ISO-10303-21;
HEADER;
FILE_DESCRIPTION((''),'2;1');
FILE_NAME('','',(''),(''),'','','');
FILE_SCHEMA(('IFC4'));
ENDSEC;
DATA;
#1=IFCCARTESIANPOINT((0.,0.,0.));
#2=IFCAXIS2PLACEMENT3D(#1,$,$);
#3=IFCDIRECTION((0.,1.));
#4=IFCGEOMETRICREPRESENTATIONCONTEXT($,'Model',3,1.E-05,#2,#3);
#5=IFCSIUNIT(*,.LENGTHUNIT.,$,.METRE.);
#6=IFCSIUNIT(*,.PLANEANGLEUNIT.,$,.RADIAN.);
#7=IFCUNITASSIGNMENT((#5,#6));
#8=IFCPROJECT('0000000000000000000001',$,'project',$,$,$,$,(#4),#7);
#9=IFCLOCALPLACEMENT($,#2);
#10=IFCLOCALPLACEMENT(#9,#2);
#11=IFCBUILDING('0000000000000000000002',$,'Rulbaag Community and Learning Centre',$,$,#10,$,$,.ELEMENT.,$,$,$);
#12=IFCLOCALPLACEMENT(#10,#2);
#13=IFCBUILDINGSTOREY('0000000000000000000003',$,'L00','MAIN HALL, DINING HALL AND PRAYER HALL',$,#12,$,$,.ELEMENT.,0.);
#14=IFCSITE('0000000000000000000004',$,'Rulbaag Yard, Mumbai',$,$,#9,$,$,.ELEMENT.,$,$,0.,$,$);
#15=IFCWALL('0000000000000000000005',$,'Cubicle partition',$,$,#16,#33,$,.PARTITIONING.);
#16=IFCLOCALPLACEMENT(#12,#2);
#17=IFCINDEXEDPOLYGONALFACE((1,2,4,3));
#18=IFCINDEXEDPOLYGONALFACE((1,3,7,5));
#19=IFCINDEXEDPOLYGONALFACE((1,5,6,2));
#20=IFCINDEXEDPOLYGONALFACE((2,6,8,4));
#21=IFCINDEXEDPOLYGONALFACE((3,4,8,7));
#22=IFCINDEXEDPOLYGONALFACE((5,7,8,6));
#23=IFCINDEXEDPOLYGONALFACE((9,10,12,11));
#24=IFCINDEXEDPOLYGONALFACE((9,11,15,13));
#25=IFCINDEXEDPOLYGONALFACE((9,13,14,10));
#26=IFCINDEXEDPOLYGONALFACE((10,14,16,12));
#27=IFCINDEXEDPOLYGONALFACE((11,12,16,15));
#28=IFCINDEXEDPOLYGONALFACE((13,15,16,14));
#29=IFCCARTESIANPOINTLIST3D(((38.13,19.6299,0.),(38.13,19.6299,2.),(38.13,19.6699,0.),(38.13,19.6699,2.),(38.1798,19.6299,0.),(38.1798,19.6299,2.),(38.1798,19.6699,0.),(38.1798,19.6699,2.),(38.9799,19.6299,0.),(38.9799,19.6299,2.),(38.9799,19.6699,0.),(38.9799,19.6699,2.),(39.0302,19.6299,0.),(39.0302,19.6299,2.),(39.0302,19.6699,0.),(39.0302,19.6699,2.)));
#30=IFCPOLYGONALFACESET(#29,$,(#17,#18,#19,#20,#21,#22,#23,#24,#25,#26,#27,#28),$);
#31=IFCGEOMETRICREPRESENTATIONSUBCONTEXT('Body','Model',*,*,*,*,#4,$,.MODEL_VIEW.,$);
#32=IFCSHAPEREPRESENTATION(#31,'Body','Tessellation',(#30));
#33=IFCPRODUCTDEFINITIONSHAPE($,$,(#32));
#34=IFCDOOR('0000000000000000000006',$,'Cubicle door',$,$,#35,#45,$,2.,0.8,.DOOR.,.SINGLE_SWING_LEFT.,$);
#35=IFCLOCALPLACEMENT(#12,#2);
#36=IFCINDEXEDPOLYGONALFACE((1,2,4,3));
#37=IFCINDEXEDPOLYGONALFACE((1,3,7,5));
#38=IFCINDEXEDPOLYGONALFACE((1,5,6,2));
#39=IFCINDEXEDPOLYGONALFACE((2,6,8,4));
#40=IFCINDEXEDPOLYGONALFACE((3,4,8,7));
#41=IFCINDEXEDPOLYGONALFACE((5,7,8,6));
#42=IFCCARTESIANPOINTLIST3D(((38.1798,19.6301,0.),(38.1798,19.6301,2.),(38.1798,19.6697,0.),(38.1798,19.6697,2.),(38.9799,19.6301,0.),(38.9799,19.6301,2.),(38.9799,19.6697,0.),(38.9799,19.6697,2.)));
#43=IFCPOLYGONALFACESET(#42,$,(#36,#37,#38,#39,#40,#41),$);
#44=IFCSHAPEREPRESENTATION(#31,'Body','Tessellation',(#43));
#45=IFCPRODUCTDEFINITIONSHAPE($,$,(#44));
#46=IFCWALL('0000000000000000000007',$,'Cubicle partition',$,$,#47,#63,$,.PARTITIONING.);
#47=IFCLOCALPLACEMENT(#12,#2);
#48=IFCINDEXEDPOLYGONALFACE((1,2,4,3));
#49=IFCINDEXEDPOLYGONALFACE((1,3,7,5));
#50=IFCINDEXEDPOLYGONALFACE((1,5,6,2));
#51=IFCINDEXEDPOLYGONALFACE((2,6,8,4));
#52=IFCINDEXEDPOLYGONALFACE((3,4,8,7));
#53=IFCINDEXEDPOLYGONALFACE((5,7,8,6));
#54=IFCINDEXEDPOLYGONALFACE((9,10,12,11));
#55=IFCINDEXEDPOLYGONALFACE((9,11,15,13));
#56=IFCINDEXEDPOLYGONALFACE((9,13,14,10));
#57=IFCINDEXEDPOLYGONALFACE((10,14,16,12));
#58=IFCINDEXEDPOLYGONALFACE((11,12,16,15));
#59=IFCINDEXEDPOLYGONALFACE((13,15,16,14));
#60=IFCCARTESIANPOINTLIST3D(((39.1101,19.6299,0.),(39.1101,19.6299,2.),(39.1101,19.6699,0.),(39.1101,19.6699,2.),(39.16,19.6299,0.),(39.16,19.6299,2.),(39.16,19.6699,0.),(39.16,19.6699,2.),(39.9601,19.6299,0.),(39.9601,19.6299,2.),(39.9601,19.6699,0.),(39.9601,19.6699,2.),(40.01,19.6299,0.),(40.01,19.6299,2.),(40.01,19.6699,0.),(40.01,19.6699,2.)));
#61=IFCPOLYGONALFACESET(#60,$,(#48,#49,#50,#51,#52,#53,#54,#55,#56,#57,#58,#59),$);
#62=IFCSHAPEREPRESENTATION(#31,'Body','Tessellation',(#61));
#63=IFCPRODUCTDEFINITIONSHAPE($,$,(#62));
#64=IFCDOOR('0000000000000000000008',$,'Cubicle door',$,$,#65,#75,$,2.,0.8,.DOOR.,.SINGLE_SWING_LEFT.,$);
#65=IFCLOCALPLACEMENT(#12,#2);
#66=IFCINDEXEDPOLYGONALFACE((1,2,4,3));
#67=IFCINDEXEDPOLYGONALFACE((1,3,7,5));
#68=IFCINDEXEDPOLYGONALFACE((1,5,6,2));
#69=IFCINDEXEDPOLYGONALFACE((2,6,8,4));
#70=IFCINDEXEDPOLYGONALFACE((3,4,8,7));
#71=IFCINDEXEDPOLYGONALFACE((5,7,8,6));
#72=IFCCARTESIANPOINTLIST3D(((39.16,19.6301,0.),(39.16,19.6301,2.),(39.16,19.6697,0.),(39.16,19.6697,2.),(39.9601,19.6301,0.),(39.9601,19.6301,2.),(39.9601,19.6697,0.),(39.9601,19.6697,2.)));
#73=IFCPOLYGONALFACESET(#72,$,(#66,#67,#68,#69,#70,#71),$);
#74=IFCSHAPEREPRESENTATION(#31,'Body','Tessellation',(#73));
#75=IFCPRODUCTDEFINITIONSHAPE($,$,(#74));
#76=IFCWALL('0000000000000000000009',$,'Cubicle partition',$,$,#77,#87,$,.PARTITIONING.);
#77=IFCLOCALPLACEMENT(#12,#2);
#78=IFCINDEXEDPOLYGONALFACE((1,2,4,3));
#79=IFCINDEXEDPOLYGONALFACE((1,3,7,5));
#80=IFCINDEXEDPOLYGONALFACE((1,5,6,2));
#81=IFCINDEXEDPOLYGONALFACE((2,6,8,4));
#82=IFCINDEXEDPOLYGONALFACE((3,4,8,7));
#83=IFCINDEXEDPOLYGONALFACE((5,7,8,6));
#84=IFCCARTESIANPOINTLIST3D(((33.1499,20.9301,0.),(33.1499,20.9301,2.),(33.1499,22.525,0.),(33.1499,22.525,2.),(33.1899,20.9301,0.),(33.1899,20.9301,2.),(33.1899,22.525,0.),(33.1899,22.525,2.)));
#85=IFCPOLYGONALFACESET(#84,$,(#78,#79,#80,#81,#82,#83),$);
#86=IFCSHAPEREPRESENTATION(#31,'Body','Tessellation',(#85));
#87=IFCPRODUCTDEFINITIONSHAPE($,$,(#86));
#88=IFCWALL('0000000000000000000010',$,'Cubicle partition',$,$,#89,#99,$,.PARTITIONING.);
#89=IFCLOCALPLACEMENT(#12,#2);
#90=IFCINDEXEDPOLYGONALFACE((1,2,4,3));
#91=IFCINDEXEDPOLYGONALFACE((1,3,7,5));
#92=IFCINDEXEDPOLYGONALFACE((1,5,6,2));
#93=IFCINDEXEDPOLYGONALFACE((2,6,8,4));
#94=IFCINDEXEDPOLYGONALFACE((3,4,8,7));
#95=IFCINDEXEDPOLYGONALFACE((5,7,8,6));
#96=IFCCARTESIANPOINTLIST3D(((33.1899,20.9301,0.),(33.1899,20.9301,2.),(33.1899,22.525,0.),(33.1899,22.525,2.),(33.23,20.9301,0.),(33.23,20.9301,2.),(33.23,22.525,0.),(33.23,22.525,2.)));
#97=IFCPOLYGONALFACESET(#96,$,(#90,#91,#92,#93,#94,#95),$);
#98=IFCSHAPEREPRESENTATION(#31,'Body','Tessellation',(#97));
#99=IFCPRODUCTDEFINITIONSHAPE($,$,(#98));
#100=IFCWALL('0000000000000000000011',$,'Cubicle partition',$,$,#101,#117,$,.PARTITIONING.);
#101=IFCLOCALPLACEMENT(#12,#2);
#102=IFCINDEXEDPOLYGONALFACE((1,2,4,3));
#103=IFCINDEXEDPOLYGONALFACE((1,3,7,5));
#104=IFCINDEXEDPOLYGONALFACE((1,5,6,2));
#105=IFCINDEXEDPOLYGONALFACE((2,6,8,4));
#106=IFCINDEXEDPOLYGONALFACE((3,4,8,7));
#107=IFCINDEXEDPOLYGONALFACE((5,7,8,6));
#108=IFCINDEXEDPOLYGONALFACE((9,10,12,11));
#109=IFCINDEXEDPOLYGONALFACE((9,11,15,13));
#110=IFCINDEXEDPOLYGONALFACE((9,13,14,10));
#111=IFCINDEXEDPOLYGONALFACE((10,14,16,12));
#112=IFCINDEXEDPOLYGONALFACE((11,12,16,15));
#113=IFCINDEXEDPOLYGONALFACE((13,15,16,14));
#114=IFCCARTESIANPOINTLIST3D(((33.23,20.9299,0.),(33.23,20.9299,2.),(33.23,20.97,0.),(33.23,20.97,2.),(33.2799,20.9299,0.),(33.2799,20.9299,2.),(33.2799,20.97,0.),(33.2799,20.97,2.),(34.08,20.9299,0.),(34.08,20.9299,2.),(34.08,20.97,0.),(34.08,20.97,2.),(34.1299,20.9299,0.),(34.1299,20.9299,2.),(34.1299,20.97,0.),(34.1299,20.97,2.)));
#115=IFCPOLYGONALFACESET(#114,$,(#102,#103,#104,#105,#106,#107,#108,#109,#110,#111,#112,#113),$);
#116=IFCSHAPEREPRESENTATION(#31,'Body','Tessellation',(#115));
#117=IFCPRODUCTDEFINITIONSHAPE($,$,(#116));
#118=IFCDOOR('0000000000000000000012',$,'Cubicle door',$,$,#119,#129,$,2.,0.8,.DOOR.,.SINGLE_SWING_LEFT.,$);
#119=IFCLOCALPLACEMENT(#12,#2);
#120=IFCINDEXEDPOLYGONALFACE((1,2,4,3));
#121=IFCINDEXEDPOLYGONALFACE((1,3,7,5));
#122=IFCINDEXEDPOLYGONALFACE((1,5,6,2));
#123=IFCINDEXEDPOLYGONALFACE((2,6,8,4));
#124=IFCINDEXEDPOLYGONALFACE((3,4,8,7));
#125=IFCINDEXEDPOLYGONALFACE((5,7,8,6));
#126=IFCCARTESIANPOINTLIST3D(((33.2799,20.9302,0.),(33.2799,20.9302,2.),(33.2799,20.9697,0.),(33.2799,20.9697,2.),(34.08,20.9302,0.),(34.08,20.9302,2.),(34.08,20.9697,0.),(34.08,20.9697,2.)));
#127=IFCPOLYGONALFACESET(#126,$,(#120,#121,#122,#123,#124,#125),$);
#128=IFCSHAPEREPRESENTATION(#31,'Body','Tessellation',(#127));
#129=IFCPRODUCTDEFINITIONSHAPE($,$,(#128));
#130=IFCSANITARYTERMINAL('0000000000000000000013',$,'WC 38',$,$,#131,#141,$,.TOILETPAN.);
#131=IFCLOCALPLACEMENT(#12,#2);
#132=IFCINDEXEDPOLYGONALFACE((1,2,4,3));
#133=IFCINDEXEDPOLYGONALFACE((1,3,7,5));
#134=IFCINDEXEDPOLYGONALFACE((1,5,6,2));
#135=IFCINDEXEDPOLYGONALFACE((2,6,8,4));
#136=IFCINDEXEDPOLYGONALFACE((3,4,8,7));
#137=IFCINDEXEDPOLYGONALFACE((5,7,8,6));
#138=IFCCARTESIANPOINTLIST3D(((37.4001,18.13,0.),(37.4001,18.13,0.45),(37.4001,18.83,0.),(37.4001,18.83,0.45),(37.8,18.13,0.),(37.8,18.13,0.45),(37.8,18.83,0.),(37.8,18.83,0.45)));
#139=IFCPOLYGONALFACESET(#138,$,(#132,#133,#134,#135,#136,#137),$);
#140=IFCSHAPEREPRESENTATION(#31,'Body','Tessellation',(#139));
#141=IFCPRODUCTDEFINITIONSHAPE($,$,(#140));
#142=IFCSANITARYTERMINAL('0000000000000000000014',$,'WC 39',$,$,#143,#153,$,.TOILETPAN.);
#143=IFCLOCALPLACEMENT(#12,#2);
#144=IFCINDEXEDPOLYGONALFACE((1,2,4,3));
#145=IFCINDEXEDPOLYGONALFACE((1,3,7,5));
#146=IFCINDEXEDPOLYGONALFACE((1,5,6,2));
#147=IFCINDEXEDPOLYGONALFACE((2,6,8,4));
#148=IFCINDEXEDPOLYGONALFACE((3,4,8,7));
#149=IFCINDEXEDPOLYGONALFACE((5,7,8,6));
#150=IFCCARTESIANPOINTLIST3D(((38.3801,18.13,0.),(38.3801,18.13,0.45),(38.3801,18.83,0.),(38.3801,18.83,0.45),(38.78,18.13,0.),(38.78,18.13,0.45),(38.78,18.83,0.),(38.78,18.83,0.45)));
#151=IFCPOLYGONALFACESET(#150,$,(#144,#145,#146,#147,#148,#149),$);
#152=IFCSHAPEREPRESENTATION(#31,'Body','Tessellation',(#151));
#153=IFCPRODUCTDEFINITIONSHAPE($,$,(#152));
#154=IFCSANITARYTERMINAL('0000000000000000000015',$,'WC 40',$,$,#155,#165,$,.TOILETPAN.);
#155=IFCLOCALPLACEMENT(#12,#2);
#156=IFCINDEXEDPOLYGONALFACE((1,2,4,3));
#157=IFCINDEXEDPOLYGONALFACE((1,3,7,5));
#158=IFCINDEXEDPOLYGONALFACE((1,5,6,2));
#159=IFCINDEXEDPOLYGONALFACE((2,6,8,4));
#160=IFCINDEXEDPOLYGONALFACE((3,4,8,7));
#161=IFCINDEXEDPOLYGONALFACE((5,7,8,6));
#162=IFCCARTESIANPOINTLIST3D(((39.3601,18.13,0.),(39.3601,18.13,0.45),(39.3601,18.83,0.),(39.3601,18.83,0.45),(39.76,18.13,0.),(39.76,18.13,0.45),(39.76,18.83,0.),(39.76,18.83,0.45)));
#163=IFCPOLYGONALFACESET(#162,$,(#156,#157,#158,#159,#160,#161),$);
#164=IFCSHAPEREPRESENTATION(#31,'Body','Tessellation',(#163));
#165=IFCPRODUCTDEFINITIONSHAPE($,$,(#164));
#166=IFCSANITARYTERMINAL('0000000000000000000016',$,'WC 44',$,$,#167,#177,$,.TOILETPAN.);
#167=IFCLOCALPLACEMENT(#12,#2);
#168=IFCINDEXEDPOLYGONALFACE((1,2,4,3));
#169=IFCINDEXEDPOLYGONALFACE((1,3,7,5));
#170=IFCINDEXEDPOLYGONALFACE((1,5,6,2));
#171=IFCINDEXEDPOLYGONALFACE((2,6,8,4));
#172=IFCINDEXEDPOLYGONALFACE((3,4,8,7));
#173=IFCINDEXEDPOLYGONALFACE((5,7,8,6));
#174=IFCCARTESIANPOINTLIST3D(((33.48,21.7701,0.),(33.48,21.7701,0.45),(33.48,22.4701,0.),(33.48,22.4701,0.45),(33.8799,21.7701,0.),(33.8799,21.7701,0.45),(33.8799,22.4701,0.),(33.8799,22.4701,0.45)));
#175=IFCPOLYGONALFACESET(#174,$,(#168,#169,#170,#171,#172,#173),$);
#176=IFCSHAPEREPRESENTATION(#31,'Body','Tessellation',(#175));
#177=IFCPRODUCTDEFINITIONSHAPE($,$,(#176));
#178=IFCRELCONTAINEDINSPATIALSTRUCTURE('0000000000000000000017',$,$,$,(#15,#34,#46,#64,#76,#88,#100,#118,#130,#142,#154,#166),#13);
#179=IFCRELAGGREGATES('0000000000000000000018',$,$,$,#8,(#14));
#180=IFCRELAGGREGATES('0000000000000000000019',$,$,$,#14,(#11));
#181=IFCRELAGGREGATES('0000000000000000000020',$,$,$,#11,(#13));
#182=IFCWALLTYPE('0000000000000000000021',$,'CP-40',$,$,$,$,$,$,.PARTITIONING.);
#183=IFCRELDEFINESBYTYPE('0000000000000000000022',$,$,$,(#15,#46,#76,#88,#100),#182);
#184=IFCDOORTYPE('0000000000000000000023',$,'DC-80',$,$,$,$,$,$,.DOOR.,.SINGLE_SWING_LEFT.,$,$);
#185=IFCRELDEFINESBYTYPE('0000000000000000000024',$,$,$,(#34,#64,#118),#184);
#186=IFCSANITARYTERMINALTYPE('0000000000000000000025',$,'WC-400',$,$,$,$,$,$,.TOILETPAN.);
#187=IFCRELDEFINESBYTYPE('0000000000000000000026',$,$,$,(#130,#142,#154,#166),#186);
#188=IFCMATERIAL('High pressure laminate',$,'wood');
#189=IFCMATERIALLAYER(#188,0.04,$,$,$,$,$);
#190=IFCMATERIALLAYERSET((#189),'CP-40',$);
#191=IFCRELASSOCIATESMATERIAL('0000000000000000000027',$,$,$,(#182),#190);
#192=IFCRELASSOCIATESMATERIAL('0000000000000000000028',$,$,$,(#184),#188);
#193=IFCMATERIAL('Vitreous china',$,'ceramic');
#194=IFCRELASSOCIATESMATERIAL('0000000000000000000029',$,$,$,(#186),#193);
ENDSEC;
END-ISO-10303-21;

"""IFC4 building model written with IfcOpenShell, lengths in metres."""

from ifc_helpers import new_model, si_unit, direction, frame, frame_2d, origin, origin_2d, place, context, subcontext, project, spatial, rectangle, extrude, material, layer, layer_set, type_object, element, fill, save


model = new_model("IFC4")

# Units and contexts
model_context = context("Model", 3, precision=1e-05, world=origin(), true_north=direction((0.0, 1.0)))
body_context = subcontext(model_context, "Body", "Model", "MODEL_VIEW")
ifc_project = project(units=[si_unit("LENGTHUNIT", "METRE"), si_unit("PLANEANGLEUNIT", "RADIAN")], contexts=[model_context])

# Site, building, storey
site_placement = place(None, origin())
site = spatial("IfcSite", under=ifc_project, at=site_placement, Name="Rulbaag Yard, Mumbai", CompositionType="ELEMENT", RefElevation=0.0)
building_placement = place(site_placement, origin())
building = spatial("IfcBuilding", under=site, at=building_placement, Name="Rulbaag Community and Learning Centre", CompositionType="ELEMENT")
storey_placement = place(building_placement, origin())
storey = spatial("IfcBuildingStorey", under=building, at=storey_placement, Name="L00", Description="MAIN HALL, DINING HALL AND PRAYER HALL", CompositionType="ELEMENT", Elevation=0.0)

# Walls, openings, doors
ifc_material_1 = material(Name="High pressure laminate", Category="wood")
ifc_layer = layer(ifc_material_1, 0.04)
ifc_layer_set = layer_set([ifc_layer], Name="CP-40")
wall_type = type_object("IfcWallType", Name="CP-40", PredefinedType="PARTITIONING", material=ifc_layer_set)
door_type = type_object("IfcDoorType", Name="DC-80", OperationType="SINGLE_SWING_LEFT", PredefinedType="DOOR", material=ifc_material_1)
wall_1_placement = place(storey_placement, frame((38.1299, 19.6499, 0.0), z_axis=(0.0, 0.0, 1.0), x_axis=(1.0, 0.0, 0.0)))
wall_1 = element("IfcWall", 1, at=wall_1_placement, inside=storey, type_object=wall_type, Name="Cubicle partition", PredefinedType="PARTITIONING", context=body_context, shape_type="SweptSolid", body=[
    extrude(rectangle(XDim=0.9001, YDim=0.04, at=frame_2d((0.4502, 0.0))), origin(), (0.0, 0.0, 1.0), 2.0),
])
opening_1_placement = place(wall_1_placement, frame((0.05, 0.0, 0.0)))
opening_1 = element("IfcOpeningElement", 2, at=opening_1_placement, cuts=wall_1, PredefinedType="OPENING", context=body_context, shape_type="SweptSolid", body=[
    extrude(rectangle(XDim=0.8, YDim=2.0, at=frame_2d((0.3999, 1.0))), frame((0.0, 0.03, 0.0), z_axis=(0.0, -1.0, 0.0), x_axis=(1.0, 0.0, 0.0)), (0.0, 0.0, 1.0), 0.0601),
])
door_1_placement = place(opening_1_placement, origin())
door_1 = element("IfcDoor", 3, at=door_1_placement, inside=storey, type_object=door_type, Name="Cubicle door", OperationType="SINGLE_SWING_LEFT", OverallHeight=2.0, OverallWidth=0.8, PredefinedType="DOOR", context=body_context, shape_type="SweptSolid", body=[
    extrude(rectangle(XDim=0.8, YDim=2.0, at=frame_2d((0.3999, 1.0))), frame((0.0, 0.0198, 0.0), z_axis=(0.0, -1.0, 0.0), x_axis=(1.0, 0.0, 0.0)), (0.0, 0.0, 1.0), 0.0396),
])
fill(opening_1, door_1)
wall_2_placement = place(storey_placement, frame((39.1101, 19.6499, 0.0), z_axis=(0.0, 0.0, 1.0), x_axis=(1.0, 0.0, 0.0)))
wall_2 = element("IfcWall", 4, at=wall_2_placement, inside=storey, type_object=wall_type, Name="Cubicle partition", PredefinedType="PARTITIONING", context=body_context, shape_type="SweptSolid", body=[
    extrude(rectangle(XDim=0.8999, YDim=0.04, at=frame_2d((0.45, 0.0))), origin(), (0.0, 0.0, 1.0), 2.0),
])
opening_2_placement = place(wall_2_placement, frame((0.05, 0.0, 0.0)))
opening_2 = element("IfcOpeningElement", 5, at=opening_2_placement, cuts=wall_2, PredefinedType="OPENING", context=body_context, shape_type="SweptSolid", body=[
    extrude(rectangle(XDim=0.8, YDim=2.0, at=frame_2d((0.3999, 1.0))), frame((0.0, 0.03, 0.0), z_axis=(0.0, -1.0, 0.0), x_axis=(1.0, 0.0, 0.0)), (0.0, 0.0, 1.0), 0.0601),
])
door_2_placement = place(opening_2_placement, origin())
door_2 = element("IfcDoor", 6, at=door_2_placement, inside=storey, type_object=door_type, Name="Cubicle door", OperationType="SINGLE_SWING_LEFT", OverallHeight=2.0, OverallWidth=0.8, PredefinedType="DOOR", context=body_context, shape_type="SweptSolid", body=[
    extrude(rectangle(XDim=0.8, YDim=2.0, at=frame_2d((0.3999, 1.0))), frame((0.0, 0.0198, 0.0), z_axis=(0.0, -1.0, 0.0), x_axis=(1.0, 0.0, 0.0)), (0.0, 0.0, 1.0), 0.0396),
])
fill(opening_2, door_2)

# Walls
for number, where, z_axis, x_axis, name in (
    (7, (33.1699, 22.5249, 0.0), (0.0, 0.0, 1.0), (0.0, -1.0, 0.0), "Cubicle partition"),
    (8, (33.21, 22.5249, 0.0), (0.0, 0.0, 1.0), (0.0, -1.0, 0.0), "Cubicle partition"),
):
    element("IfcWall", number, at=place(storey_placement, frame(where, z_axis=z_axis, x_axis=x_axis)), inside=storey, type_object=wall_type, Name=name, PredefinedType="PARTITIONING", context=body_context, shape_type="SweptSolid", body=[
        extrude(rectangle(XDim=1.595, YDim=0.04, at=frame_2d((0.7974, 0.0))), origin(), (0.0, 0.0, 1.0), 2.0),
    ])

# Wall, opening, door
wall_3_placement = place(storey_placement, frame((33.23, 20.95, 0.0), z_axis=(0.0, 0.0, 1.0), x_axis=(1.0, 0.0, 0.0)))
wall_3 = element("IfcWall", 9, at=wall_3_placement, inside=storey, type_object=wall_type, Name="Cubicle partition", PredefinedType="PARTITIONING", context=body_context, shape_type="SweptSolid", body=[
    extrude(rectangle(XDim=0.8999, YDim=0.04, at=frame_2d((0.45, 0.0))), origin(), (0.0, 0.0, 1.0), 2.0),
])
opening_3_placement = place(wall_3_placement, frame((0.05, 0.0, 0.0)))
opening_3 = element("IfcOpeningElement", 10, at=opening_3_placement, cuts=wall_3, PredefinedType="OPENING", context=body_context, shape_type="SweptSolid", body=[
    extrude(rectangle(XDim=0.8, YDim=2.0, at=frame_2d((0.3999, 1.0))), frame((0.0, 0.03, 0.0), z_axis=(0.0, -1.0, 0.0), x_axis=(1.0, 0.0, 0.0)), (0.0, 0.0, 1.0), 0.0601),
])
door_3_placement = place(opening_3_placement, origin())
door_3 = element("IfcDoor", 11, at=door_3_placement, inside=storey, type_object=door_type, Name="Cubicle door", OperationType="SINGLE_SWING_LEFT", OverallHeight=2.0, OverallWidth=0.8, PredefinedType="DOOR", context=body_context, shape_type="SweptSolid", body=[
    extrude(rectangle(XDim=0.8, YDim=2.0, at=frame_2d((0.3999, 1.0))), frame((0.0, 0.0198, 0.0), z_axis=(0.0, -1.0, 0.0), x_axis=(1.0, 0.0, 0.0)), (0.0, 0.0, 1.0), 0.0396),
])
fill(opening_3, door_3)

# Sanitary terminals
ifc_material_2 = material(Name="Vitreous china", Category="ceramic")
sanitary_terminal_type = type_object("IfcSanitaryTerminalType", Name="WC-400", PredefinedType="TOILETPAN", material=ifc_material_2)
for number, where, z_axis, x_axis, name in (
    (12, (37.6001, 18.48, 0.0), (0.0, 0.0, 1.0), (1.0, 0.0, 0.0), "WC 38"),
    (13, (38.5801, 18.48, 0.0), (0.0, 0.0, 1.0), (1.0, 0.0, 0.0), "WC 39"),
    (14, (39.5601, 18.48, 0.0), (0.0, 0.0, 1.0), (1.0, 0.0, 0.0), "WC 40"),
    (15, (33.6799, 22.1201, 0.0), (0.0, 0.0, 1.0), (1.0, 0.0, 0.0), "WC 44"),
):
    element("IfcSanitaryTerminal", number, at=place(storey_placement, frame(where, z_axis=z_axis, x_axis=x_axis)), inside=storey, type_object=sanitary_terminal_type, Name=name, PredefinedType="TOILETPAN", context=body_context, shape_type="SweptSolid", body=[
        extrude(rectangle(XDim=0.3999, YDim=0.7, at=origin_2d()), origin(), (0.0, 0.0, 1.0), 0.45),
    ])

save(model, "model.ifc")
